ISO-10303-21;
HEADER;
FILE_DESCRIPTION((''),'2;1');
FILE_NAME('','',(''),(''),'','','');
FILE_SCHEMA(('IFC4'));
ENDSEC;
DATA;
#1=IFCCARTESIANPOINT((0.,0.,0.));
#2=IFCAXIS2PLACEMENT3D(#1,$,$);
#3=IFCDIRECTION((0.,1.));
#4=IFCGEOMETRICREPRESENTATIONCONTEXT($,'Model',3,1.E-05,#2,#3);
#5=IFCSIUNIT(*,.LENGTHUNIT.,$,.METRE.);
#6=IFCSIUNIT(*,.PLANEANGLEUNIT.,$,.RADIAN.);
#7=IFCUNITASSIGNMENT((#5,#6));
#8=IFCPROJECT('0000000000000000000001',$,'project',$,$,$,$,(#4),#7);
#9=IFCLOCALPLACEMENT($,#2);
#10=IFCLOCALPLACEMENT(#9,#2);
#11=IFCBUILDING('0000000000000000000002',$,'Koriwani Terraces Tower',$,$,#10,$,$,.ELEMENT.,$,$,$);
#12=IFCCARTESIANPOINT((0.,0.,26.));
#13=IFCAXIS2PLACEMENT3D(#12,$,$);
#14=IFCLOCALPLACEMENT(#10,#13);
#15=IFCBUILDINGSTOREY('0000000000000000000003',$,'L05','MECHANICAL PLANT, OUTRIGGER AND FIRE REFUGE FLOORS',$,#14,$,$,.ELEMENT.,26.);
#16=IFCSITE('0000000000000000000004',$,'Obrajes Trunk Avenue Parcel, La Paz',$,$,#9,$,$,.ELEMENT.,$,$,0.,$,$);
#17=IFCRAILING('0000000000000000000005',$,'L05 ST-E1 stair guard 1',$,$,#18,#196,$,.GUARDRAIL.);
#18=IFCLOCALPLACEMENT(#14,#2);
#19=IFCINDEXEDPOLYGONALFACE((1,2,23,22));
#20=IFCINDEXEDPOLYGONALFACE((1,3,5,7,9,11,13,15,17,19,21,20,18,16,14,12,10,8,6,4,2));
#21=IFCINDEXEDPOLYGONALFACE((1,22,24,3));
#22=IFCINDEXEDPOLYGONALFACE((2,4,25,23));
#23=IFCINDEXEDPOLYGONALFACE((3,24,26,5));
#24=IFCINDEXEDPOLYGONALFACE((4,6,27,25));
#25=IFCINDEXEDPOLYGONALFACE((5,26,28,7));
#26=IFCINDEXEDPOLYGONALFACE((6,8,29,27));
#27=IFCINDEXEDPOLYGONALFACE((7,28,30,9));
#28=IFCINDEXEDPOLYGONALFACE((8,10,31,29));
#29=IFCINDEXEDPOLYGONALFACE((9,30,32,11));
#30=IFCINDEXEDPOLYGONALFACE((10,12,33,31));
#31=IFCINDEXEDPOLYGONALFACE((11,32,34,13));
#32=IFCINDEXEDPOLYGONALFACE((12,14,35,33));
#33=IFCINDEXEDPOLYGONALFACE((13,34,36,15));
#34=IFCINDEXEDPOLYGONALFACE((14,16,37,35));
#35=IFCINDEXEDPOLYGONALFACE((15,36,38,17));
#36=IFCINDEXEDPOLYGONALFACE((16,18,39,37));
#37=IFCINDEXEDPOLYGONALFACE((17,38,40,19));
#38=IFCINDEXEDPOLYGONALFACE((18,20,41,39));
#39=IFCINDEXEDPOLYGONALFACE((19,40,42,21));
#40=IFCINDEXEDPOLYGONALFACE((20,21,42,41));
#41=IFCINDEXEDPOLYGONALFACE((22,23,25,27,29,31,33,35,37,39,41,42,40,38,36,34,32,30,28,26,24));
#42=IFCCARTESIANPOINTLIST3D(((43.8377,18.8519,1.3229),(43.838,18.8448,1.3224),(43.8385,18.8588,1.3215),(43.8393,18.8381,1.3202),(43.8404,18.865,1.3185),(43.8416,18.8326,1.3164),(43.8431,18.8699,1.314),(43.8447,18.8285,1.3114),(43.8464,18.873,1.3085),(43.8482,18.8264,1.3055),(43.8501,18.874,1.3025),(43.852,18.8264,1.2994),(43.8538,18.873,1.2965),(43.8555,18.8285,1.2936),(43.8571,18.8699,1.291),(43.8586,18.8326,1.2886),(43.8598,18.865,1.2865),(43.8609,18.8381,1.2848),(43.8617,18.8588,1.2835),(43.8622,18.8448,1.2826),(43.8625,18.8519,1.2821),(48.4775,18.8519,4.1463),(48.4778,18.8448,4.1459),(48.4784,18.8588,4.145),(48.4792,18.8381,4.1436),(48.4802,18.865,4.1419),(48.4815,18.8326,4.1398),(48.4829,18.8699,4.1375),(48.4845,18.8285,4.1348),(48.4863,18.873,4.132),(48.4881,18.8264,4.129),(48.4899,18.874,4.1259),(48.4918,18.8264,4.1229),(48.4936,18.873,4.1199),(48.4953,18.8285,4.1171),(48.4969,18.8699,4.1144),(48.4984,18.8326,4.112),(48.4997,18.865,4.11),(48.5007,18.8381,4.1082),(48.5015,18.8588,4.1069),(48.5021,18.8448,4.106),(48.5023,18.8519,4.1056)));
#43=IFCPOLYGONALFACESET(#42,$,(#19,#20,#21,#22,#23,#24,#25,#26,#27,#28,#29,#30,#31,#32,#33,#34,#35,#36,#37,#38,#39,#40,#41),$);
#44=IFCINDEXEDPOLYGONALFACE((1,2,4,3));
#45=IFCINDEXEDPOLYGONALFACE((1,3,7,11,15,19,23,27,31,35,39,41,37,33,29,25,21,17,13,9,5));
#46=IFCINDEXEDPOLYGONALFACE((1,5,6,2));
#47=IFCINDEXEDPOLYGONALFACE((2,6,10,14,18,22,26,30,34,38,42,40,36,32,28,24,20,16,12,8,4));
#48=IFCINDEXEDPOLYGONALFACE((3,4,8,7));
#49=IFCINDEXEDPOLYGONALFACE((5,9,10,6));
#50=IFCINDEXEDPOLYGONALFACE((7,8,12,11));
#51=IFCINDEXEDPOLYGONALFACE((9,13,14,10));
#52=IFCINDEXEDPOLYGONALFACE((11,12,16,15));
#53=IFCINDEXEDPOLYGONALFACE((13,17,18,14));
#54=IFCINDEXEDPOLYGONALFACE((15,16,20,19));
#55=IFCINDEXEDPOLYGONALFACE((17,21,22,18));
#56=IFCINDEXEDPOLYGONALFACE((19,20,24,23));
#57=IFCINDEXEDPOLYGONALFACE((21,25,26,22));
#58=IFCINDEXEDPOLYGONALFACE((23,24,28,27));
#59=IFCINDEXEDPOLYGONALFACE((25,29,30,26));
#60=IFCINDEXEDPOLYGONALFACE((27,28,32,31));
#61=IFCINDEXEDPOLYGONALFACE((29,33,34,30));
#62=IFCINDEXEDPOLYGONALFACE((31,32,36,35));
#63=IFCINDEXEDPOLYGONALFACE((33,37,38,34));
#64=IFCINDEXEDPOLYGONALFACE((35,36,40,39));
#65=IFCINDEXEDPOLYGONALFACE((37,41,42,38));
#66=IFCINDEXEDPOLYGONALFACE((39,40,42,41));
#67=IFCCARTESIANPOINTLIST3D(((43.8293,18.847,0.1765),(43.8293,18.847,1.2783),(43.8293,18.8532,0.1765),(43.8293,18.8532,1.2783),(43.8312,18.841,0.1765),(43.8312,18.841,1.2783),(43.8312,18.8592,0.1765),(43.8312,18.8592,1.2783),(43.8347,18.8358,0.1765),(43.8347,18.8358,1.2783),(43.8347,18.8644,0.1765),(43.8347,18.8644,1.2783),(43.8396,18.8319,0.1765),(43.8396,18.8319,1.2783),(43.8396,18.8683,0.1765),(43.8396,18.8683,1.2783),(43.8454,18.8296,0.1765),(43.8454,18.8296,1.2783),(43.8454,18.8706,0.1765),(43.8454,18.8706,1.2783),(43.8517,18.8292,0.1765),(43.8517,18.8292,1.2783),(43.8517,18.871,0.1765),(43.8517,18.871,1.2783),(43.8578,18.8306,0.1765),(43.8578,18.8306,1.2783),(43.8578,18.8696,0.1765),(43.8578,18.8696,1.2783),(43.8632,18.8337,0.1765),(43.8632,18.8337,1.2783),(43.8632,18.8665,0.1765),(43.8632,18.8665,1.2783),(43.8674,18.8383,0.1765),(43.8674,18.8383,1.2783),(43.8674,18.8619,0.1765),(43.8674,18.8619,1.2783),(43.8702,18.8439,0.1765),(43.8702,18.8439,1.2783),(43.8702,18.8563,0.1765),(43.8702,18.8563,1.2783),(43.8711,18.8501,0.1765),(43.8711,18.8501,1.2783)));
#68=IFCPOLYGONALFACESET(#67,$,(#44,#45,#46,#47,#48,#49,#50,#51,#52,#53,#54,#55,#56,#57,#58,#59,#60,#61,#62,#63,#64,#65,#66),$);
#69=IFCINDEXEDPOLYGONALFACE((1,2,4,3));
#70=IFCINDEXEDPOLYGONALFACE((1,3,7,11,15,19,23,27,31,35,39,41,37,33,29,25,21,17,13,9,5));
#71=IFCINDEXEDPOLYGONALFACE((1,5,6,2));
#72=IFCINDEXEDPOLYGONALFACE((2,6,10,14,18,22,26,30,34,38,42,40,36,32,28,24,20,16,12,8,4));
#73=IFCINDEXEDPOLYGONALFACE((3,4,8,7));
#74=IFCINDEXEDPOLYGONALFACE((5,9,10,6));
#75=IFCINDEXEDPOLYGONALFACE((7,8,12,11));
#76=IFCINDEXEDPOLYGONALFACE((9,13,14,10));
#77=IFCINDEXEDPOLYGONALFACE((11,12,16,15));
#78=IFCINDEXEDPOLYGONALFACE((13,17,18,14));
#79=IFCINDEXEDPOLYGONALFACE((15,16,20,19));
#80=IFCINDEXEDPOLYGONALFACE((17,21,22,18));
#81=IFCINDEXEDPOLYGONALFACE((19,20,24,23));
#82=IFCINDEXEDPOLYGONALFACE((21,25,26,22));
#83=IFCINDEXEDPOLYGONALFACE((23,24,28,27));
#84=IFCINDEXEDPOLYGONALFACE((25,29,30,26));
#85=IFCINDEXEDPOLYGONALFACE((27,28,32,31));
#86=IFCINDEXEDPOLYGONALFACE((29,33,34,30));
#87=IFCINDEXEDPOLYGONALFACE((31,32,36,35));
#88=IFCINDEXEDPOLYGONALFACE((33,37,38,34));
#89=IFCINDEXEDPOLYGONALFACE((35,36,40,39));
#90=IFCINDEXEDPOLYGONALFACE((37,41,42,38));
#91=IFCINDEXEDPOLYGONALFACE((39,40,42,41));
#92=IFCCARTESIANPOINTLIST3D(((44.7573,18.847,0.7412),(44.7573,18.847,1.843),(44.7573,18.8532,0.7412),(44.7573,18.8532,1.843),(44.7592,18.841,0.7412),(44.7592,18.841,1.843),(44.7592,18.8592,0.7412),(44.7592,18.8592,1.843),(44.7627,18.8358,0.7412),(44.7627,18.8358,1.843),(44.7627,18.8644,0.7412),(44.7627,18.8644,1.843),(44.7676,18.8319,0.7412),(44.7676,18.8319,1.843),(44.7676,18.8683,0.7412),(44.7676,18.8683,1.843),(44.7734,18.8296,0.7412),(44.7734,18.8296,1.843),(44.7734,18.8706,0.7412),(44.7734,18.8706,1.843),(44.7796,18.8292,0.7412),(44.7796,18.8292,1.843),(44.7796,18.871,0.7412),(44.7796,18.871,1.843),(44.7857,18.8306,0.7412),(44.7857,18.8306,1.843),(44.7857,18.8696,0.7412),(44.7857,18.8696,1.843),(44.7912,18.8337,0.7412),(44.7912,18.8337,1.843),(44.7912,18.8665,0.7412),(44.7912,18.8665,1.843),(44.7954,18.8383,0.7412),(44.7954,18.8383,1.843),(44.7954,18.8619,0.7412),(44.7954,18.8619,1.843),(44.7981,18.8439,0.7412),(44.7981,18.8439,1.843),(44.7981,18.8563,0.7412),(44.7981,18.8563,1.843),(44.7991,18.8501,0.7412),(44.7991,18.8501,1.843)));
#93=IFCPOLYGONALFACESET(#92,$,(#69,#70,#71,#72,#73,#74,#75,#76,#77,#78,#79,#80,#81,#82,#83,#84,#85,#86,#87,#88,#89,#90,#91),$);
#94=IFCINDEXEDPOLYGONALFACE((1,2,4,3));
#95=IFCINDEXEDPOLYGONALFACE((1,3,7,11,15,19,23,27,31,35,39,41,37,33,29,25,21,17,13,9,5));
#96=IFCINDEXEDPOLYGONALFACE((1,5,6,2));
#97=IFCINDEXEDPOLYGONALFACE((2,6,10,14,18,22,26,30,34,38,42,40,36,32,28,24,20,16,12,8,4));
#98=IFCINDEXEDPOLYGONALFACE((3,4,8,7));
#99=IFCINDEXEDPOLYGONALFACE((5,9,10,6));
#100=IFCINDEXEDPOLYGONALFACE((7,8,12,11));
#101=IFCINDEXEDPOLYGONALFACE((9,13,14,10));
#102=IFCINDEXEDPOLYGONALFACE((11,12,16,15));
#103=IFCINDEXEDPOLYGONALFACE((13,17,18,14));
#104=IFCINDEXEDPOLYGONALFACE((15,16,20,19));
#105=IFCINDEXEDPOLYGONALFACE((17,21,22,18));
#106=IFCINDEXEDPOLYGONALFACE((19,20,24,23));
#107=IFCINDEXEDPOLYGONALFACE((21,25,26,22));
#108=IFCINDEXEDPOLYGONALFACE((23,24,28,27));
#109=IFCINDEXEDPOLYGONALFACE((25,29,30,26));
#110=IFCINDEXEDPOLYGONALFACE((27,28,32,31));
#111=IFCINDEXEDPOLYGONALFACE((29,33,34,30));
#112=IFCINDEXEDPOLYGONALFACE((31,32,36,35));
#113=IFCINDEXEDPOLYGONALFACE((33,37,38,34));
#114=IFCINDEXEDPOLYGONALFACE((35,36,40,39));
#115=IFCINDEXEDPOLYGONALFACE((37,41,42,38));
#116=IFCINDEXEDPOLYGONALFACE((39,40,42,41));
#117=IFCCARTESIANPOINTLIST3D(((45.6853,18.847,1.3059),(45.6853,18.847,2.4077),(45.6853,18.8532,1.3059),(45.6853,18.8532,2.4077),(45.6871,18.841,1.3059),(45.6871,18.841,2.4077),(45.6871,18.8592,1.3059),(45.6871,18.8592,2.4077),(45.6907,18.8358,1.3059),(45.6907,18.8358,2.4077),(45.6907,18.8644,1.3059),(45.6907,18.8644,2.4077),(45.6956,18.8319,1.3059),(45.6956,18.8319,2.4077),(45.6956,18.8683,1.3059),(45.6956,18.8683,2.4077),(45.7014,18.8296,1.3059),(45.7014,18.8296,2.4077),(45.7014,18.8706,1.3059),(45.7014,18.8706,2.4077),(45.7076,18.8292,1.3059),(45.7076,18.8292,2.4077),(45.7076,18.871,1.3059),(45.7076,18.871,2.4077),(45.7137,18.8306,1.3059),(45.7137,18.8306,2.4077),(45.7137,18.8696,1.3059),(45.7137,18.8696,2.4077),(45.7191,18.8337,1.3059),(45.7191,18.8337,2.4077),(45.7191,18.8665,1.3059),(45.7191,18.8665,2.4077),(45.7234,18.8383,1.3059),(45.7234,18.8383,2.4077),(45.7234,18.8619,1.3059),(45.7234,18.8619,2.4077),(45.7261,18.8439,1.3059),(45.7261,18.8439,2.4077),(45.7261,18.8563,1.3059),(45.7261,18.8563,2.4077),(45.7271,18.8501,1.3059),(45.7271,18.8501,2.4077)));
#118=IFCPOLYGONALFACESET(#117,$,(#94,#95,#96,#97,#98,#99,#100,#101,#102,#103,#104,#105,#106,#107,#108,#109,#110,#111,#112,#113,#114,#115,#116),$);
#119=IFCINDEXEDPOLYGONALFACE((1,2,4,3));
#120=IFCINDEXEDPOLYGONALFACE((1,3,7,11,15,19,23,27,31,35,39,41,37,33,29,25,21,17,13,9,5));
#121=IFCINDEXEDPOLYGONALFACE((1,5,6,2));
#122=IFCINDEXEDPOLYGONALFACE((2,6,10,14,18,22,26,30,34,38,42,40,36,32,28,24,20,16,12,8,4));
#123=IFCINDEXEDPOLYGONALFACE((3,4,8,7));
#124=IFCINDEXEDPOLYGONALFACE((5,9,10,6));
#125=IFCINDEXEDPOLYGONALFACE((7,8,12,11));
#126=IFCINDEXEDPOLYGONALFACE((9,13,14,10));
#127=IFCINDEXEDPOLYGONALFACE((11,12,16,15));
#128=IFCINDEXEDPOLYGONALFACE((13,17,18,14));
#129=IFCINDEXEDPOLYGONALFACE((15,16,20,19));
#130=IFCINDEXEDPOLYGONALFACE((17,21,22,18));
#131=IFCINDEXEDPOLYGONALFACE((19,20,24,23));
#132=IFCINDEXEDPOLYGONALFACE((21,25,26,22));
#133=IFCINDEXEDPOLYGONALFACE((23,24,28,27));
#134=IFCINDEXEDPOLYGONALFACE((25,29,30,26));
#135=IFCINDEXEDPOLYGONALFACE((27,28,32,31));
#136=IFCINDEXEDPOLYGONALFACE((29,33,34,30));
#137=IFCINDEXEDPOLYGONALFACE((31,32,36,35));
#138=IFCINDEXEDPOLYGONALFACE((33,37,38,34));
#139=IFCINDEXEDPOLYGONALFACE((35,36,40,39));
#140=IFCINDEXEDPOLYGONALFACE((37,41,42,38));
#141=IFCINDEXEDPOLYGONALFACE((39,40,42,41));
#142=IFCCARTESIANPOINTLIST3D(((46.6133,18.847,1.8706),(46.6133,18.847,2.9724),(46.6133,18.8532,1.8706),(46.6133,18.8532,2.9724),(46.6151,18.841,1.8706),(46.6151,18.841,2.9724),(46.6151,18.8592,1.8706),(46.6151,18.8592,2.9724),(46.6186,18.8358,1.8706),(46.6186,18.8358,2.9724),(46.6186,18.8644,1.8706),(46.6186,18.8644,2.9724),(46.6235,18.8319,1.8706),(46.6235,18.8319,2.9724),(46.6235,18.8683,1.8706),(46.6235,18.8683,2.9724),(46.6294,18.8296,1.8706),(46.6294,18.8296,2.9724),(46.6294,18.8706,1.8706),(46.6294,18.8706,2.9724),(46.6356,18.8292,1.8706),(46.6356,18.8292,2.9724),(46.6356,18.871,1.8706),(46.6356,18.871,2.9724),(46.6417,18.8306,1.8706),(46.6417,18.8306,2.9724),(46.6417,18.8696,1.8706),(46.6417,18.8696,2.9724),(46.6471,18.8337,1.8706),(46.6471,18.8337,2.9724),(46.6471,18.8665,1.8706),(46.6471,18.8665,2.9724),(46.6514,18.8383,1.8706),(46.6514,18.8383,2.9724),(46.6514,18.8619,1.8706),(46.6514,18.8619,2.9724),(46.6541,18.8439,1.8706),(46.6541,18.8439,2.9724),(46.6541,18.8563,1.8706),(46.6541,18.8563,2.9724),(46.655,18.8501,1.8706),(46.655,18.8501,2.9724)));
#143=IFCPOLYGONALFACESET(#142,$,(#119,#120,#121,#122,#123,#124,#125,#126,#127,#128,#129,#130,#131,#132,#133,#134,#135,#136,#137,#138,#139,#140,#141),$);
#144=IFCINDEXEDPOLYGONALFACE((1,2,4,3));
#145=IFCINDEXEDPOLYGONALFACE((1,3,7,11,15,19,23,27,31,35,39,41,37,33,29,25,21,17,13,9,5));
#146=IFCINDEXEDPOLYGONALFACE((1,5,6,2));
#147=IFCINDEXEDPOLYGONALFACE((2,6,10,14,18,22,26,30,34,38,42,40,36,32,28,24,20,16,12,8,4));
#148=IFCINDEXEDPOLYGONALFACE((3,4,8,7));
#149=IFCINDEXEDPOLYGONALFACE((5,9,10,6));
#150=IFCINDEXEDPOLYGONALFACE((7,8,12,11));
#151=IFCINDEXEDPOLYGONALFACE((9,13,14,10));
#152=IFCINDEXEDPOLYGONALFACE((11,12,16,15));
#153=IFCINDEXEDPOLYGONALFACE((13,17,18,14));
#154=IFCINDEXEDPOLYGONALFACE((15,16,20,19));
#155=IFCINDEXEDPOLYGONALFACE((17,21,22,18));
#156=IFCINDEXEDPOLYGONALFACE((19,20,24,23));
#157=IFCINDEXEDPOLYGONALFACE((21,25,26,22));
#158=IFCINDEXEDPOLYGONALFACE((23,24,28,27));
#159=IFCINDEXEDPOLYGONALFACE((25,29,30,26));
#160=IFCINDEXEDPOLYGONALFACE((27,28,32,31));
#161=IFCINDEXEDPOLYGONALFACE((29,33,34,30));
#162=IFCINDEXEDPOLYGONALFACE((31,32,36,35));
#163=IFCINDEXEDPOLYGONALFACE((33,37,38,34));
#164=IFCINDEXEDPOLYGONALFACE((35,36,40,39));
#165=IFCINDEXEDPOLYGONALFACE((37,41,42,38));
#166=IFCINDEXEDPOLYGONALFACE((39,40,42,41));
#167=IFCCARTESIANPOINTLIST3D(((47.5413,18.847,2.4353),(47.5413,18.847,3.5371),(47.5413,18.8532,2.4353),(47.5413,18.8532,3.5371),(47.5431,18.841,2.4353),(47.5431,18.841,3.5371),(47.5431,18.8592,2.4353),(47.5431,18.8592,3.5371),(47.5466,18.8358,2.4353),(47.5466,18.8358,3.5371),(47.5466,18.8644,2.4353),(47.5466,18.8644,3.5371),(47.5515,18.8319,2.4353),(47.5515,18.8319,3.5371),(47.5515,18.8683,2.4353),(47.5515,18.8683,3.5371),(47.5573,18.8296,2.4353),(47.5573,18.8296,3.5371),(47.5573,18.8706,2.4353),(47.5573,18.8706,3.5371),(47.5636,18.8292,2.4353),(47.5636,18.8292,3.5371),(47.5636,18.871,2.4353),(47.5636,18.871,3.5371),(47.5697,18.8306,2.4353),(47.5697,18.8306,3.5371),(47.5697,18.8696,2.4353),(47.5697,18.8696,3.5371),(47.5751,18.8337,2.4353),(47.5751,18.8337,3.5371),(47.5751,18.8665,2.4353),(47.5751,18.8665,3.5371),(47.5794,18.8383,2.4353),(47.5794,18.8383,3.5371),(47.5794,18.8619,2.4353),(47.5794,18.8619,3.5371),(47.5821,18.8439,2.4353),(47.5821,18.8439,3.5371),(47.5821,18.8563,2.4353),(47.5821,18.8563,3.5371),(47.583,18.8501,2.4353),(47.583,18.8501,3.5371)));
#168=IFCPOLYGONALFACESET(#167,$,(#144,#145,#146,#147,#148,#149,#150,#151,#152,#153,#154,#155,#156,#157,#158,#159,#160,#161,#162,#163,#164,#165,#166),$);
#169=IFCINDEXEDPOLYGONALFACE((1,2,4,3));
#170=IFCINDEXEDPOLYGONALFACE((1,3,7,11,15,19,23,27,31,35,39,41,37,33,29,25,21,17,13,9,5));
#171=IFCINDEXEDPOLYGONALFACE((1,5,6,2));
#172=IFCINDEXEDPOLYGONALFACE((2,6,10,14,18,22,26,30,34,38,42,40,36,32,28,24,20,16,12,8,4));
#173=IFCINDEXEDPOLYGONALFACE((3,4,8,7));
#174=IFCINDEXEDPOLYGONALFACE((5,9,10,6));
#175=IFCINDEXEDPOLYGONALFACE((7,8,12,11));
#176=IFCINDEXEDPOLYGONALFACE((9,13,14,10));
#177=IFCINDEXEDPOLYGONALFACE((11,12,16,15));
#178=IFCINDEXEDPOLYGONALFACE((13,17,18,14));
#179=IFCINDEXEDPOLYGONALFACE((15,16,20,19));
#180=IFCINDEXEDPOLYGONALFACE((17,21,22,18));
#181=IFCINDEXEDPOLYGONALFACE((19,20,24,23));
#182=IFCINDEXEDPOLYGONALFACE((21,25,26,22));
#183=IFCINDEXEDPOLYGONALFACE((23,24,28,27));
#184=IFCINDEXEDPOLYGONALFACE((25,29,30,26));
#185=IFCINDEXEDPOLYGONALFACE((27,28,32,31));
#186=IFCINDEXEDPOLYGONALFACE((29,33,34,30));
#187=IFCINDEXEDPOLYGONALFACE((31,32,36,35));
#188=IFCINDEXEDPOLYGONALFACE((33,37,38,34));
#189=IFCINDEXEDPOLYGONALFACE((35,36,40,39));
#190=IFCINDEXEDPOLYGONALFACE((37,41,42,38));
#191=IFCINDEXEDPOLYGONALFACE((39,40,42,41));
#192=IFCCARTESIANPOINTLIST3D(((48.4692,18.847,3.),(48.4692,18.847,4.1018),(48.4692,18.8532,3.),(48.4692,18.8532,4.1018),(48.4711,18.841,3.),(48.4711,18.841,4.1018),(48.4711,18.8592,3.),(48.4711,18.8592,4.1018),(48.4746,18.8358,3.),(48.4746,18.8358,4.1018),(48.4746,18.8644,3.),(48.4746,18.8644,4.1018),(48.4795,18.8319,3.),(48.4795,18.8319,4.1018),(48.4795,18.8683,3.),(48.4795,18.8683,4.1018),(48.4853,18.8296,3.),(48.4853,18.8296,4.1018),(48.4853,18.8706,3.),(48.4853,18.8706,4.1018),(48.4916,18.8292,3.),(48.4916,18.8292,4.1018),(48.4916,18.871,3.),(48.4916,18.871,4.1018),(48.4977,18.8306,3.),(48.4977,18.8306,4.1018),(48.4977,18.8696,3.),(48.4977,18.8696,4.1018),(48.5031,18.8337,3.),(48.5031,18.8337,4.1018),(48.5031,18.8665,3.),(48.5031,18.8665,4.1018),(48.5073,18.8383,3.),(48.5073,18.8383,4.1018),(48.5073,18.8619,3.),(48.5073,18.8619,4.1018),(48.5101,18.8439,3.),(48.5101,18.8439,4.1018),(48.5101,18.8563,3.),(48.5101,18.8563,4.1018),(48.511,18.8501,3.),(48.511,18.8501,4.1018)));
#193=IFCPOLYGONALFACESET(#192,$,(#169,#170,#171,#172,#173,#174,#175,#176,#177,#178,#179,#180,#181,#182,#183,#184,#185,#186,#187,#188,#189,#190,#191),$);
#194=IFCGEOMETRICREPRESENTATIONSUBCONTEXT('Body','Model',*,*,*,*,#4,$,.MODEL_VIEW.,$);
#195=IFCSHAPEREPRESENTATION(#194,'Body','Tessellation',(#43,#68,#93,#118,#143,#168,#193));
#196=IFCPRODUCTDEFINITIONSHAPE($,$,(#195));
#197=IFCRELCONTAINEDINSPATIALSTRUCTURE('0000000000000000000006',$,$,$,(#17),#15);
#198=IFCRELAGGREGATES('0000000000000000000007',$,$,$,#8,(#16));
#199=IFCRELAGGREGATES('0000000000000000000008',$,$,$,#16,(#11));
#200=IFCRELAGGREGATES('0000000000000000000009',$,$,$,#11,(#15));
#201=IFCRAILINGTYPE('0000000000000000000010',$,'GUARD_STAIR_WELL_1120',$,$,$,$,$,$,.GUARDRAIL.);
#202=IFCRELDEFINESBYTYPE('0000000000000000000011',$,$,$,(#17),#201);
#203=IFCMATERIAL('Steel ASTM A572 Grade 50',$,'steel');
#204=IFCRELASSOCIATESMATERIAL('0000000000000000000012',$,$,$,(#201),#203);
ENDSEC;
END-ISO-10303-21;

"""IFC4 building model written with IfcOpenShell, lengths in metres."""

from ifc_helpers import new_model, si_unit, direction, frame, origin, origin_2d, place, context, subcontext, project, spatial, circle, extrude, material, type_object, element, save


model = new_model("IFC4")

# Units and contexts
model_context = context("Model", 3, precision=1e-05, world=origin(), true_north=direction((0.0, 1.0)))
body_context = subcontext(model_context, "Body", "Model", "MODEL_VIEW")
ifc_project = project(units=[si_unit("LENGTHUNIT", "METRE"), si_unit("PLANEANGLEUNIT", "RADIAN")], contexts=[model_context])

# Site, building, storey
site_placement = place(None, origin())
site = spatial("IfcSite", under=ifc_project, at=site_placement, Name="Obrajes Trunk Avenue Parcel, La Paz", CompositionType="ELEMENT", RefElevation=0.0)
building_placement = place(site_placement, origin())
building = spatial("IfcBuilding", under=site, at=building_placement, Name="Koriwani Terraces Tower", CompositionType="ELEMENT")
storey_placement = place(building_placement, frame((0.0, 0.0, 26.0)))
storey = spatial("IfcBuildingStorey", under=building, at=storey_placement, Name="L05", Description="MECHANICAL PLANT, OUTRIGGER AND FIRE REFUGE FLOORS", CompositionType="ELEMENT", Elevation=26.0)

# Shared definitions
ifc_material_1 = material(Name="Steel ASTM A572 Grade 50", Category="steel")

# Railing
railing_type_1 = type_object("IfcRailingType", Name="GUARD_STAIR_WELL_1120", PredefinedType="GUARDRAIL", material=ifc_material_1)
railing_1_placement = place(storey_placement, frame((43.8501, 18.8501, 0.1765)))
element("IfcRailing", 1, at=railing_1_placement, inside=storey, type_object=railing_type_1, Name="L05 ST-E1 stair guard 1", PredefinedType="GUARDRAIL", context=body_context, shape_type="SweptSolid", body=[
    extrude(circle(Radius=0.0239, at=origin_2d()), frame((0.0, 0.0, 1.126), z_axis=(0.854264, 0.0, 0.51984), x_axis=(0.0, 1.0, 0.0)), (0.0, 0.0, 1.0), 5.4314),
    extrude(circle(Radius=0.021, at=origin_2d()), origin(), (0.0, 0.0, 1.0), 1.1018),
    extrude(circle(Radius=0.021, at=origin_2d()), frame((0.928, 0.0, 0.5647)), (0.0, 0.0, 1.0), 1.1018),
    extrude(circle(Radius=0.021, at=origin_2d()), frame((1.856, 0.0, 1.1294)), (0.0, 0.0, 1.0), 1.1018),
    extrude(circle(Radius=0.021, at=origin_2d()), frame((2.7839, 0.0, 1.6941)), (0.0, 0.0, 1.0), 1.1018),
    extrude(circle(Radius=0.021, at=origin_2d()), frame((3.7119, 0.0, 2.2588)), (0.0, 0.0, 1.0), 1.1018),
    extrude(circle(Radius=0.021, at=origin_2d()), frame((4.6399, 0.0, 2.8235)), (0.0, 0.0, 1.0), 1.1018),
])

save(model, "model.ifc")
